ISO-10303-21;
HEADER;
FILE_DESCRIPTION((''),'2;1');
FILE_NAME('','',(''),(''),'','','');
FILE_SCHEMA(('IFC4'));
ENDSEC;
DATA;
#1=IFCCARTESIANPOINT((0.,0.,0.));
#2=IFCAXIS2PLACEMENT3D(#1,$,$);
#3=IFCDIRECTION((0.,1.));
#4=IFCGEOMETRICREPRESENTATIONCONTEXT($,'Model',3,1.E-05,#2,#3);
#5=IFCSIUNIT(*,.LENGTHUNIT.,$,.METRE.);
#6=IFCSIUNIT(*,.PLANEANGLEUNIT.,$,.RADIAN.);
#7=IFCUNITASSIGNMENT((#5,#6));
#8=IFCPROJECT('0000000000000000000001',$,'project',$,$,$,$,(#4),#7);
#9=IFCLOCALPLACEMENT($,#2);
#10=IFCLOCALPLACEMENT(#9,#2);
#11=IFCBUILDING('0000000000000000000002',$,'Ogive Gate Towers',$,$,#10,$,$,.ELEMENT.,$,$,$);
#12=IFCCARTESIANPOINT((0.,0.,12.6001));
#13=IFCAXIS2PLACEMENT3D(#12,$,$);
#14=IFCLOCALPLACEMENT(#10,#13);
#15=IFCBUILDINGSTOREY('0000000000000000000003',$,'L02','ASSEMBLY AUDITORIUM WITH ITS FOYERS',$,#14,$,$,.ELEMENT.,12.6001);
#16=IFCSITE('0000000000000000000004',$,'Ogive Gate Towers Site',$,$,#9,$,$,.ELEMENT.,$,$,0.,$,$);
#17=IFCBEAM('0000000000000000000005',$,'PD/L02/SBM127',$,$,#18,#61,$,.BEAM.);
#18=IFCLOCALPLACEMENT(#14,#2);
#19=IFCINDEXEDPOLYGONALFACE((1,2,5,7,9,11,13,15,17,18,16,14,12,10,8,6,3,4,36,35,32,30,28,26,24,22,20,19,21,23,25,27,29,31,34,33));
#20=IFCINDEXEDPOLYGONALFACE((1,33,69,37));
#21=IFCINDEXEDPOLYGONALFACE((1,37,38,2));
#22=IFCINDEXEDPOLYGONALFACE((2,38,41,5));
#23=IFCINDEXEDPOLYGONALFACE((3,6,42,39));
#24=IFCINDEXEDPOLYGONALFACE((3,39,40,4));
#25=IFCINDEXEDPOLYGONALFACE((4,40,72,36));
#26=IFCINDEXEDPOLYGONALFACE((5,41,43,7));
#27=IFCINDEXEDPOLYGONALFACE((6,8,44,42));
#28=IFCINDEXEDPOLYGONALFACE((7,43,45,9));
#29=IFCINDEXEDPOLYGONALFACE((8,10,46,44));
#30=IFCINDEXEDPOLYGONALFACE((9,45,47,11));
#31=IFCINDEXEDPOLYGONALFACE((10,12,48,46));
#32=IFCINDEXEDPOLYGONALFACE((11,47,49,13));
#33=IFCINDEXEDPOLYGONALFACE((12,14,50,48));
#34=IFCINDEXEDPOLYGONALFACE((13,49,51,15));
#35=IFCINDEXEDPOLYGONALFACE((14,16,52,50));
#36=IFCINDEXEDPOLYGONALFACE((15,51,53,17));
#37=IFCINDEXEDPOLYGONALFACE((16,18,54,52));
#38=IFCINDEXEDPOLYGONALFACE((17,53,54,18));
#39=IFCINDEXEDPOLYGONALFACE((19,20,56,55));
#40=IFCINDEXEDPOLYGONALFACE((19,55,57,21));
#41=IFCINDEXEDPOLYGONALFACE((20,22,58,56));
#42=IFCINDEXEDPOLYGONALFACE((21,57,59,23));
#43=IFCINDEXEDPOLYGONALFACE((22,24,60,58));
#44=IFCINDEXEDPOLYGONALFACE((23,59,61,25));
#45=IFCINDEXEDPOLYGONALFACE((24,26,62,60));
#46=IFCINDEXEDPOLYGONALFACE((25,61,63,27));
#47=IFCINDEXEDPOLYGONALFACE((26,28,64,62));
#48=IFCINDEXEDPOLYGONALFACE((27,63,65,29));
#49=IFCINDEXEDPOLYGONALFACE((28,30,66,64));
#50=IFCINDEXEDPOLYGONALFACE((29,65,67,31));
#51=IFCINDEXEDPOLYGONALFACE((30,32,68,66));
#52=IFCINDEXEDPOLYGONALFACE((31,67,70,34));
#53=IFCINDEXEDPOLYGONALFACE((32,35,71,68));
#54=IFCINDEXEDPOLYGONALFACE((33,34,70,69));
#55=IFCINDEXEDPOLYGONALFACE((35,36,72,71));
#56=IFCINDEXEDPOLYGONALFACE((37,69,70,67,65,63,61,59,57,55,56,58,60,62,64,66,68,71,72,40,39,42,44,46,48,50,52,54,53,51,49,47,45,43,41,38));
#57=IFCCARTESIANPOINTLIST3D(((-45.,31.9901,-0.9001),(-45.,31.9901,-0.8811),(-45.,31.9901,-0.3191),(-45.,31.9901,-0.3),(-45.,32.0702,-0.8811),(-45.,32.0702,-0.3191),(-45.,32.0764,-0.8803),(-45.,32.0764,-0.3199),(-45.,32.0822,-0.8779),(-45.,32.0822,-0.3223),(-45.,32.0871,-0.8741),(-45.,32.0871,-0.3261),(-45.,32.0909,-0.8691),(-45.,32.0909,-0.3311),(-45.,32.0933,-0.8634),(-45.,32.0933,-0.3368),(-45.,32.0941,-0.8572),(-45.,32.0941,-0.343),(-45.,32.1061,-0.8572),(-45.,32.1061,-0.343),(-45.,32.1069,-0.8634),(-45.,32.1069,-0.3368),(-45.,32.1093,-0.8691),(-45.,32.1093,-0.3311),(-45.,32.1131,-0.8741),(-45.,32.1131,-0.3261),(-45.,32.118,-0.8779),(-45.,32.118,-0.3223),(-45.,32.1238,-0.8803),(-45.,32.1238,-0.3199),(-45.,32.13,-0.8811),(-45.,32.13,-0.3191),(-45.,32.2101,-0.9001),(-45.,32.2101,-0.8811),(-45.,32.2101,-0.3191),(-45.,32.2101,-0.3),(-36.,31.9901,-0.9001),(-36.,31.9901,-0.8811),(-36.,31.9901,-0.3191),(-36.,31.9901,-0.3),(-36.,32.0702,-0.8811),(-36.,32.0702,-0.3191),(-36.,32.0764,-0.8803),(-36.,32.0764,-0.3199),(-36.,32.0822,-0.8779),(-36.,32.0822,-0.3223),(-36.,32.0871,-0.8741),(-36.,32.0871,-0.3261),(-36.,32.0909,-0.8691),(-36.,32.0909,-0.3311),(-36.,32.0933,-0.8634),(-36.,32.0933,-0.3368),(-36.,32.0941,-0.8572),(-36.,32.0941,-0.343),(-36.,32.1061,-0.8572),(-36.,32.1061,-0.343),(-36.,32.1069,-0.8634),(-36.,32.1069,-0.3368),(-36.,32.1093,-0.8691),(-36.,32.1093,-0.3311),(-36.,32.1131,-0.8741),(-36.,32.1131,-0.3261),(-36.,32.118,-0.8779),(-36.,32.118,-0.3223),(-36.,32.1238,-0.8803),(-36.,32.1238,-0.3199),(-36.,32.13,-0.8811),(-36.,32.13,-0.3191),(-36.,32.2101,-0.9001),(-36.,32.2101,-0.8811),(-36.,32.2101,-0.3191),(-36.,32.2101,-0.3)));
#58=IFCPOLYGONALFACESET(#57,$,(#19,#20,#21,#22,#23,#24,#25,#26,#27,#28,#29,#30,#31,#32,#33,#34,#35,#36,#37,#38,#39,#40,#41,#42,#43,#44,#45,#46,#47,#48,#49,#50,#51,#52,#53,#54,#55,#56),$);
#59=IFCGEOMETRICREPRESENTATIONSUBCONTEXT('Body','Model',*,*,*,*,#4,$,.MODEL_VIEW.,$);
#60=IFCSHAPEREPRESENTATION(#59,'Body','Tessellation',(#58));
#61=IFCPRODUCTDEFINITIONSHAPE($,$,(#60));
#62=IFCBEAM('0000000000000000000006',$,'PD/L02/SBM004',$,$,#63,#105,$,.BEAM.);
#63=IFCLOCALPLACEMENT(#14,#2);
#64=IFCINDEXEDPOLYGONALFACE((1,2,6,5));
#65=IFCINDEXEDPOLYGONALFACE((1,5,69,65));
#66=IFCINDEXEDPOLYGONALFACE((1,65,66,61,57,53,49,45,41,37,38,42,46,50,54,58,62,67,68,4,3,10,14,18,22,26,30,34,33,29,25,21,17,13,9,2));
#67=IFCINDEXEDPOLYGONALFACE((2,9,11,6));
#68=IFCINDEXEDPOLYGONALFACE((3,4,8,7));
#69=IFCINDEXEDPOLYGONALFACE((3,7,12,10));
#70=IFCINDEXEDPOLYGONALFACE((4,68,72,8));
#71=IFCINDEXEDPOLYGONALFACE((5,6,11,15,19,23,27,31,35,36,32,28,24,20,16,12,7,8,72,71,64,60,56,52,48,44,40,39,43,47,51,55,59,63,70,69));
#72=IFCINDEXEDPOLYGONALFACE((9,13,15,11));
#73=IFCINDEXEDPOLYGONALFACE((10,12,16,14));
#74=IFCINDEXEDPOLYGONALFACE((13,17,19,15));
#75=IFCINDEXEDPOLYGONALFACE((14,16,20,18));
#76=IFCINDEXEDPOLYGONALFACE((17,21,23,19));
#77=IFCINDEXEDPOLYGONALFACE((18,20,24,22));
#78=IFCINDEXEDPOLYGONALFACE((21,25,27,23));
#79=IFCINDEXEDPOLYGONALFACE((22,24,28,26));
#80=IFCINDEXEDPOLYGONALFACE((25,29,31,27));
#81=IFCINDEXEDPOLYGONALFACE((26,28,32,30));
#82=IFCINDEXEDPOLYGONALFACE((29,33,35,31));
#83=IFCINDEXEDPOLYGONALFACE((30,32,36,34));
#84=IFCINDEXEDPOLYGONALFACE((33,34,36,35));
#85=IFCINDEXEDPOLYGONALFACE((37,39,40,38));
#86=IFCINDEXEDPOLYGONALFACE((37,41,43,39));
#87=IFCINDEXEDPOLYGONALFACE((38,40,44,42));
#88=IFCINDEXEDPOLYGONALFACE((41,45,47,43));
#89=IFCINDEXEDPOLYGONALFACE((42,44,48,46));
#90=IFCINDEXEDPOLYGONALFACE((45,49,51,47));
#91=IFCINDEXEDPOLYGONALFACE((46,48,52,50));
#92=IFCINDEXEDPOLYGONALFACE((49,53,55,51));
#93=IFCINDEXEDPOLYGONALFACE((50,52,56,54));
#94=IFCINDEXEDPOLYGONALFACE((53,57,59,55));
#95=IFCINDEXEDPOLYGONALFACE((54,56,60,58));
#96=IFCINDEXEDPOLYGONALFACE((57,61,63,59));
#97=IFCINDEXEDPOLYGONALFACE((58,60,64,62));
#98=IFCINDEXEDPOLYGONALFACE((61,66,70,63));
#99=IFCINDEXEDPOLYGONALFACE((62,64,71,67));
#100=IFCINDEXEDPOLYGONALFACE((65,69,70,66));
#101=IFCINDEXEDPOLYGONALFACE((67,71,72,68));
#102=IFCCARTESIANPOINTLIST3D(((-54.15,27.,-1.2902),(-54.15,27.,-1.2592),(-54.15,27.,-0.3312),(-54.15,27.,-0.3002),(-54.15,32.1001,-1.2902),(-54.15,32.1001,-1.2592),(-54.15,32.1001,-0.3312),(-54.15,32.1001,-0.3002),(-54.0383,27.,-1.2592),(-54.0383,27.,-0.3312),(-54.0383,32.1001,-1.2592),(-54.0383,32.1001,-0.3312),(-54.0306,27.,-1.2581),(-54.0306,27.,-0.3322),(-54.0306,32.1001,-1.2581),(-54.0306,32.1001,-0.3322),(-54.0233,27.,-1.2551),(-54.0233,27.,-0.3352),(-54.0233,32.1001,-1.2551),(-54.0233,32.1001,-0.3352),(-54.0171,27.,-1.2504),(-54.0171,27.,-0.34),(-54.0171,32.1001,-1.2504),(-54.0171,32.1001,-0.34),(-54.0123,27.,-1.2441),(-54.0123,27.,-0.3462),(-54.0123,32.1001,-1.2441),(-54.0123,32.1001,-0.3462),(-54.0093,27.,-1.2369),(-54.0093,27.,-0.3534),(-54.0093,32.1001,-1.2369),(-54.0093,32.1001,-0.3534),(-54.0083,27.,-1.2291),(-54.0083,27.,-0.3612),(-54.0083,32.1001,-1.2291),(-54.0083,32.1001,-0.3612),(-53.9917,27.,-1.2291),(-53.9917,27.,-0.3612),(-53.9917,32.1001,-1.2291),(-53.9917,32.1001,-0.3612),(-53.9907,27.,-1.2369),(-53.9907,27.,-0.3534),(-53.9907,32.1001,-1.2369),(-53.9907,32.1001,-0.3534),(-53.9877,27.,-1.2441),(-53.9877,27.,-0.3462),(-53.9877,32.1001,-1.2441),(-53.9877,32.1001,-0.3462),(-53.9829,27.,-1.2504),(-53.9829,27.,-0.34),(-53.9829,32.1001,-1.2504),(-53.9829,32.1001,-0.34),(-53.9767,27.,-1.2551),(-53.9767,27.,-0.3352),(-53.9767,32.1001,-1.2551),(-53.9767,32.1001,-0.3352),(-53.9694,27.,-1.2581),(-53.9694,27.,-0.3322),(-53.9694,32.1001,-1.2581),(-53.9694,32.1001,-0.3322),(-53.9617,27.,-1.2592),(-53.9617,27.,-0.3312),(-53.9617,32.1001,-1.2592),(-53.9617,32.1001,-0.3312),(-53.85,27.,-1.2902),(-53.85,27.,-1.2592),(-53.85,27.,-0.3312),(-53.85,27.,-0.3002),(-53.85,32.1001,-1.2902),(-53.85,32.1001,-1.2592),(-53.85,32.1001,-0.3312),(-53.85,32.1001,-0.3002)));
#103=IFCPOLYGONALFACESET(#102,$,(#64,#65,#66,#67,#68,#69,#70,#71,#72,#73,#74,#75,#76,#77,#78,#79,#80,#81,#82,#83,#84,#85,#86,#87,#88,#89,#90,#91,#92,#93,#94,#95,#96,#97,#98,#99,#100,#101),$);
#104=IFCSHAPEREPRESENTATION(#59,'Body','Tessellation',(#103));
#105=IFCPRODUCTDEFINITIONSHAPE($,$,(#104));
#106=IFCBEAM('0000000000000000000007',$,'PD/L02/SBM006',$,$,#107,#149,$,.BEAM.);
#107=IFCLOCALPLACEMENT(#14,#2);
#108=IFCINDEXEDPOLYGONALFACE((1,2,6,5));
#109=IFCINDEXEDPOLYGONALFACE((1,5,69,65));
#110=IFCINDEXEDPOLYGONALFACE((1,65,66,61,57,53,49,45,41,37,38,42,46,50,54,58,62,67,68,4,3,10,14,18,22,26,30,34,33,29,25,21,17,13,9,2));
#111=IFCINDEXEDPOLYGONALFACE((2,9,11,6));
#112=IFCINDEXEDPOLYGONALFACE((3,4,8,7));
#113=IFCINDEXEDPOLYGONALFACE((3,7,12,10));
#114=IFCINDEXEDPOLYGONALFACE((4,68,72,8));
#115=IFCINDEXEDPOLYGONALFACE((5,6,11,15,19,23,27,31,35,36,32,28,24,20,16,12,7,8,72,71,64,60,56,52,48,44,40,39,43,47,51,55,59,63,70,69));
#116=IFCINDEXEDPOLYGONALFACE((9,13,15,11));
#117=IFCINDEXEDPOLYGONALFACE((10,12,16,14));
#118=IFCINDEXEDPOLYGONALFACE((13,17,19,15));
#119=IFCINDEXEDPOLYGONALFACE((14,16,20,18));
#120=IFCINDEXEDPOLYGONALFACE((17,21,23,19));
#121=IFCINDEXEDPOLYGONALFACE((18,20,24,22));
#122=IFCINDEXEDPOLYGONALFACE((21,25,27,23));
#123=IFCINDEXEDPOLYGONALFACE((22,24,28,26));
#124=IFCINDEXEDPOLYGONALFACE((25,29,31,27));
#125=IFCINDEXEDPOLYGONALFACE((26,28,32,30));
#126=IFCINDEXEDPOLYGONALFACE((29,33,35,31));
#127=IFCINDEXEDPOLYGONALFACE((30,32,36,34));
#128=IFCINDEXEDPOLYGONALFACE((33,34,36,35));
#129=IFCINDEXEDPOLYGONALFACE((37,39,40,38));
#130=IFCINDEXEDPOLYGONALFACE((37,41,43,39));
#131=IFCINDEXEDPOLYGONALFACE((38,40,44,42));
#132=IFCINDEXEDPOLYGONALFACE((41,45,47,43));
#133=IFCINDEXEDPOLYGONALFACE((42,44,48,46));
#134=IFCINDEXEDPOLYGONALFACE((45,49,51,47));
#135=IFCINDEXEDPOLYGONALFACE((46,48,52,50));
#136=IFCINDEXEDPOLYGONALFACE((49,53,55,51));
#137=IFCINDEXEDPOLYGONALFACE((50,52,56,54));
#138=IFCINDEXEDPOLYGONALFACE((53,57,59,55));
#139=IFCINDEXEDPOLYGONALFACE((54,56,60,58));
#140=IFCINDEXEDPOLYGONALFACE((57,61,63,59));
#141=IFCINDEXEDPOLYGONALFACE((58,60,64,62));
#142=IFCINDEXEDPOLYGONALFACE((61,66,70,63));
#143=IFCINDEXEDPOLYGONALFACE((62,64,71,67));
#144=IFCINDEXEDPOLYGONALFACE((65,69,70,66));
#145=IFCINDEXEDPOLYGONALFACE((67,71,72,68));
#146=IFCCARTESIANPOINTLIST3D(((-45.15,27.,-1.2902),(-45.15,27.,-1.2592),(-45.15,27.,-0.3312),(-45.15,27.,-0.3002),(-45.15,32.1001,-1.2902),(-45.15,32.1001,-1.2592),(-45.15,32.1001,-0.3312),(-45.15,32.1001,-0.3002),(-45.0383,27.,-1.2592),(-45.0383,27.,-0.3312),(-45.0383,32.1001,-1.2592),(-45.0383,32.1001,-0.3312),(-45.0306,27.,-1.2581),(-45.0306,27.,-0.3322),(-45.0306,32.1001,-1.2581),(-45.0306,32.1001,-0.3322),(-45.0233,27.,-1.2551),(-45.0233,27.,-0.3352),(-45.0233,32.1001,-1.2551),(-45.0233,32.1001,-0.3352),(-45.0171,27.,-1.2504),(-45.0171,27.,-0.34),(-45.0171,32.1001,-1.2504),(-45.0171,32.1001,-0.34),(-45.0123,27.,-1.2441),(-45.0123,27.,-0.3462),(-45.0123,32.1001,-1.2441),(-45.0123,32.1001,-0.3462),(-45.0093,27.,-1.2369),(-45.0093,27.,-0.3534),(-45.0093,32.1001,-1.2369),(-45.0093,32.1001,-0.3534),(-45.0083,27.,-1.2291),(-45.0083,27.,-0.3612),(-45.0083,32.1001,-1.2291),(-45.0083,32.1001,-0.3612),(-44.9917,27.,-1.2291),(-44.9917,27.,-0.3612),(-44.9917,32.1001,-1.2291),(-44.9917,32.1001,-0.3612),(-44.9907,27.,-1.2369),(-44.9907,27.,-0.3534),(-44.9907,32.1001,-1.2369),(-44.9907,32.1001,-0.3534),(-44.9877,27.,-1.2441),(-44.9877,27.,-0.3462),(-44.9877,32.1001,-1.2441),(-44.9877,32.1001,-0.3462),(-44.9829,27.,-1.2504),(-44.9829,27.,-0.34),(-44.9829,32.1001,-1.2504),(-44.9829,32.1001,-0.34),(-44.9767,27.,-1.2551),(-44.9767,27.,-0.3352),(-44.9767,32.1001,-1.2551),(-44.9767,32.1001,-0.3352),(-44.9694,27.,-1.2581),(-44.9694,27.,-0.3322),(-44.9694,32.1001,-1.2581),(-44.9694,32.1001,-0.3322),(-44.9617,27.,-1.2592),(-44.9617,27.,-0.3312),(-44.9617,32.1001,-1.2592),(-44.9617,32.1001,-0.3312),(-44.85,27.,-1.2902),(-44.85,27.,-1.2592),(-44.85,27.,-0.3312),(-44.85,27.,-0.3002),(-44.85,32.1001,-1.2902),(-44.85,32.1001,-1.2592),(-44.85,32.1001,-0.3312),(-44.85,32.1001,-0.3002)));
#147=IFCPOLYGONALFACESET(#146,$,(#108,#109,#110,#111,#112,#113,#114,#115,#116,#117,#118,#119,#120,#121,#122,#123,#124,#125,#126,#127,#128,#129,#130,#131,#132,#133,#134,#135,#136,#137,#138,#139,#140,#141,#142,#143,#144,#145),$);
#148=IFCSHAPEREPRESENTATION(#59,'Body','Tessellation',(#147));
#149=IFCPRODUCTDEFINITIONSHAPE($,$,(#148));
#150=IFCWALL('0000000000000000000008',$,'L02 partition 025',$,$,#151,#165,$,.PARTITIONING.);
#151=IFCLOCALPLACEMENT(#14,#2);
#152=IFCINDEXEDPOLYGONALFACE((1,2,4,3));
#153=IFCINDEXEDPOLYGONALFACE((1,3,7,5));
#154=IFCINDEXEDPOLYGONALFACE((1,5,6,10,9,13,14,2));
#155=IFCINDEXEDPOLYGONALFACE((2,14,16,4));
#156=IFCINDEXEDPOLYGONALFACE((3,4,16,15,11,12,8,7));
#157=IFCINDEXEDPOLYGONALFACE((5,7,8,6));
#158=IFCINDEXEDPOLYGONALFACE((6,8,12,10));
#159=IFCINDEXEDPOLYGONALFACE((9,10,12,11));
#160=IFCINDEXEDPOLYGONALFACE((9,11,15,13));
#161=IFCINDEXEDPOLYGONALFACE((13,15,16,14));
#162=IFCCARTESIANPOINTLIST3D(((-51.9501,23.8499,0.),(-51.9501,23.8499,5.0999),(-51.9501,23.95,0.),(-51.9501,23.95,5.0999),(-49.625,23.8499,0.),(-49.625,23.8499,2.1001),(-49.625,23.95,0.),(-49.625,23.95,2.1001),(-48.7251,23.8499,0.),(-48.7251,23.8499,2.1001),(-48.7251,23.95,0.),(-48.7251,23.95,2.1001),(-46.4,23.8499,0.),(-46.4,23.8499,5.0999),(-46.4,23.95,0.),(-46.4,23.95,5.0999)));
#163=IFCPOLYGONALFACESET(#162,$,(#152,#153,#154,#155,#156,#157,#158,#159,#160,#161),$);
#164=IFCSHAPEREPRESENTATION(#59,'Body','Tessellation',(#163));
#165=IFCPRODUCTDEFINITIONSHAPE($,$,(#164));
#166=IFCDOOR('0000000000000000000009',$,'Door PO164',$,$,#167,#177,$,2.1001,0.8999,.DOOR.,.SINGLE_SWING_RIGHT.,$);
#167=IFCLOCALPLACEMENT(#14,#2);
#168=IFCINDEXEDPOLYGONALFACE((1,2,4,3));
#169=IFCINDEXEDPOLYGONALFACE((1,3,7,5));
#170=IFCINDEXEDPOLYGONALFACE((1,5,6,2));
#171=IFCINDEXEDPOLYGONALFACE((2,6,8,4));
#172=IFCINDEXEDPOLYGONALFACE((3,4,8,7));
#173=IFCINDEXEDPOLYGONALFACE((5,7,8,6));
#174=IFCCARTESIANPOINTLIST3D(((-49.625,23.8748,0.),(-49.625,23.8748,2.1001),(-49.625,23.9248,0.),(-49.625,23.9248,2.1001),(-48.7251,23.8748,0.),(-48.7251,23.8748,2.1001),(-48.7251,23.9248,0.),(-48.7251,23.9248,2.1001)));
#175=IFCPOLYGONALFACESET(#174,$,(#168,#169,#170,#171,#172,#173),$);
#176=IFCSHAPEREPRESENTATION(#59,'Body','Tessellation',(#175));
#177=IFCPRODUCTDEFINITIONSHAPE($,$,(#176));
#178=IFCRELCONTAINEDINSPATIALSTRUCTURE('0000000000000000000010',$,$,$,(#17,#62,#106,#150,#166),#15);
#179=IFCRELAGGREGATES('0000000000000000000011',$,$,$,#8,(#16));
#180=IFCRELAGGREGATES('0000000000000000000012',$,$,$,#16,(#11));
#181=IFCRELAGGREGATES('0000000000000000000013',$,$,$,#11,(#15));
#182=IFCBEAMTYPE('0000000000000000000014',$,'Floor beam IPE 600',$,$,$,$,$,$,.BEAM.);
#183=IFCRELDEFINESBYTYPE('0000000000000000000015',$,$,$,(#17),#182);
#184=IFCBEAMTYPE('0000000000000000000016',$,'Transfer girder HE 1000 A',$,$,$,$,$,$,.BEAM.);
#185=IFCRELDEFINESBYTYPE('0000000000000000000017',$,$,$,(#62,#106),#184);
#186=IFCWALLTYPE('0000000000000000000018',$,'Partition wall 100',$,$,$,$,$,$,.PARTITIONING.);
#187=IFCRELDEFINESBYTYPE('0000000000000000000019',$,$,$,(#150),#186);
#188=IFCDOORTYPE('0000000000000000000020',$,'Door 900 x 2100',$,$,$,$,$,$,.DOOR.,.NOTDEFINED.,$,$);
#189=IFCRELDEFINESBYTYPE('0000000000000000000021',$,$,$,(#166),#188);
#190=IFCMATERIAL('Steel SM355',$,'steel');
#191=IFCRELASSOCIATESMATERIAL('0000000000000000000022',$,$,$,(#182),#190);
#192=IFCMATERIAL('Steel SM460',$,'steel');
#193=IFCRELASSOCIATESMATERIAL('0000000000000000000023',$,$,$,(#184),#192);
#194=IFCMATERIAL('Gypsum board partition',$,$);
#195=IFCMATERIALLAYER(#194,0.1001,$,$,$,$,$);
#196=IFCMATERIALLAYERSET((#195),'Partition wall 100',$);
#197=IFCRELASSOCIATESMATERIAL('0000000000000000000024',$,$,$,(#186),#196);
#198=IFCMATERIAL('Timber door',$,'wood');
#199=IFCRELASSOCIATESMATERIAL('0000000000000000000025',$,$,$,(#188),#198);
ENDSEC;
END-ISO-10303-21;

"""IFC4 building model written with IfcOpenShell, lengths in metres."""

from ifc_helpers import new_model, si_unit, direction, frame, frame_2d, origin, origin_2d, place, context, subcontext, project, spatial, rectangle, i_section, extrude, material, layer, layer_set, material_profile, profile_set, type_object, element, fill, save


model = new_model("IFC4")

# Units and contexts
model_context = context("Model", 3, precision=1e-05, world=origin(), true_north=direction((0.0, 1.0)))
body_context = subcontext(model_context, "Body", "Model", "MODEL_VIEW")
ifc_project = project(units=[si_unit("LENGTHUNIT", "METRE"), si_unit("PLANEANGLEUNIT", "RADIAN")], contexts=[model_context])

# Site, building, storey
site_placement = place(None, origin())
site = spatial("IfcSite", under=ifc_project, at=site_placement, Name="Ogive Gate Towers Site", CompositionType="ELEMENT", RefElevation=0.0)
building_placement = place(site_placement, origin())
building = spatial("IfcBuilding", under=site, at=building_placement, Name="Ogive Gate Towers", CompositionType="ELEMENT")
storey_placement = place(building_placement, frame((0.0, 0.0, 12.6001)))
storey = spatial("IfcBuildingStorey", under=building, at=storey_placement, Name="L02", Description="ASSEMBLY AUDITORIUM WITH ITS FOYERS", CompositionType="ELEMENT", Elevation=12.6001)

# Beams
ifc_material_1 = material(Name="Steel SM355", Category="steel")
ifc_material_profile_1 = material_profile(ifc_material_1, i_section(OverallWidth=0.22, OverallDepth=0.6001, WebThickness=0.012, FlangeThickness=0.019, FilletRadius=0.0239, at=origin_2d()), Name="IPE 600")
ifc_profile_set_1 = profile_set([ifc_material_profile_1], Name="Steel SM355")
beam_type_1 = type_object("IfcBeamType", Name="Floor beam IPE 600", PredefinedType="BEAM", material=ifc_profile_set_1)
for number, where, z_axis, x_axis, name in (
    (1, (-45.0, 32.1001, -0.6001), (1.0, 0.0, 0.0), (0.0, 1.0, 0.0), "PD/L02/SBM127"),
):
    element("IfcBeam", number, at=place(storey_placement, frame(where, z_axis=z_axis, x_axis=x_axis)), inside=storey, type_object=beam_type_1, Name=name, PredefinedType="BEAM", context=body_context, shape_type="SweptSolid", body=[
        extrude(i_section(OverallWidth=0.22, OverallDepth=0.6001, WebThickness=0.012, FlangeThickness=0.019, FilletRadius=0.0239, at=origin_2d()), origin(), (0.0, 0.0, 1.0), 9.0),
    ])
ifc_material_2 = material(Name="Steel SM460", Category="steel")
ifc_material_profile_2 = material_profile(ifc_material_2, i_section(OverallWidth=0.3, OverallDepth=0.99, WebThickness=0.0166, FlangeThickness=0.031, FilletRadius=0.03, at=origin_2d()), Name="HE 1000 A")
ifc_profile_set_2 = profile_set([ifc_material_profile_2], Name="Steel SM460")
beam_type_2 = type_object("IfcBeamType", Name="Transfer girder HE 1000 A", PredefinedType="BEAM", material=ifc_profile_set_2)
for number, where, z_axis, x_axis, name in (
    (2, (-54.0, 27.0, -0.7952), (0.0, 1.0, 0.0), (-1.0, 0.0, 0.0), "PD/L02/SBM004"),
    (3, (-45.0, 27.0, -0.7952), (0.0, 1.0, 0.0), (-1.0, 0.0, 0.0), "PD/L02/SBM006"),
):
    element("IfcBeam", number, at=place(storey_placement, frame(where, z_axis=z_axis, x_axis=x_axis)), inside=storey, type_object=beam_type_2, Name=name, PredefinedType="BEAM", context=body_context, shape_type="SweptSolid", body=[
        extrude(i_section(OverallWidth=0.3, OverallDepth=0.99, WebThickness=0.0166, FlangeThickness=0.031, FilletRadius=0.03, at=origin_2d()), origin(), (0.0, 0.0, 1.0), 5.1001),
    ])

# Wall, opening, door
ifc_material_3 = material(Name="Gypsum board partition")
ifc_layer_1 = layer(ifc_material_3, 0.1001)
ifc_layer_set_1 = layer_set([ifc_layer_1], Name="Partition wall 100")
wall_type_1 = type_object("IfcWallType", Name="Partition wall 100", PredefinedType="PARTITIONING", material=ifc_layer_set_1)
wall_1_placement = place(storey_placement, frame((-51.95, 23.8999, 0.0), z_axis=(0.0, 0.0, 1.0), x_axis=(1.0, 0.0, 0.0)))
wall_1 = element("IfcWall", 4, at=wall_1_placement, inside=storey, type_object=wall_type_1, Name="L02 partition 025", PredefinedType="PARTITIONING", context=body_context, shape_type="SweptSolid", body=[
    extrude(rectangle(XDim=5.55, YDim=0.1001, at=frame_2d((2.7749, 0.0))), origin(), (0.0, 0.0, 1.0), 5.0999),
])
opening_1_placement = place(wall_1_placement, frame((2.325, 0.0, 0.0)))
opening_1 = element("IfcOpeningElement", 5, at=opening_1_placement, cuts=wall_1, PredefinedType="OPENING", context=body_context, shape_type="SweptSolid", body=[
    extrude(rectangle(XDim=0.8999, YDim=2.1001, at=frame_2d((0.45, 1.05))), frame((0.0, 0.0601, 0.0), z_axis=(0.0, -1.0, 0.0), x_axis=(1.0, 0.0, 0.0)), (0.0, 0.0, 1.0), 0.1201),
])
ifc_material_4 = material(Name="Timber door", Category="wood")
door_type_1 = type_object("IfcDoorType", Name="Door 900 x 2100", OperationType="NOTDEFINED", PredefinedType="DOOR", material=ifc_material_4)
door_1_placement = place(opening_1_placement, origin())
door_1 = element("IfcDoor", 6, at=door_1_placement, inside=storey, type_object=door_type_1, Name="Door PO164", OperationType="SINGLE_SWING_RIGHT", OverallHeight=2.1001, OverallWidth=0.8999, PredefinedType="DOOR", context=body_context, shape_type="SweptSolid", body=[
    extrude(rectangle(XDim=0.8999, YDim=2.1001, at=frame_2d((0.45, 1.05))), frame((0.0, 0.0249, 0.0), z_axis=(0.0, -1.0, 0.0), x_axis=(1.0, 0.0, 0.0)), (0.0, 0.0, 1.0), 0.05),
])
fill(opening_1, door_1)

save(model, "model.ifc")
